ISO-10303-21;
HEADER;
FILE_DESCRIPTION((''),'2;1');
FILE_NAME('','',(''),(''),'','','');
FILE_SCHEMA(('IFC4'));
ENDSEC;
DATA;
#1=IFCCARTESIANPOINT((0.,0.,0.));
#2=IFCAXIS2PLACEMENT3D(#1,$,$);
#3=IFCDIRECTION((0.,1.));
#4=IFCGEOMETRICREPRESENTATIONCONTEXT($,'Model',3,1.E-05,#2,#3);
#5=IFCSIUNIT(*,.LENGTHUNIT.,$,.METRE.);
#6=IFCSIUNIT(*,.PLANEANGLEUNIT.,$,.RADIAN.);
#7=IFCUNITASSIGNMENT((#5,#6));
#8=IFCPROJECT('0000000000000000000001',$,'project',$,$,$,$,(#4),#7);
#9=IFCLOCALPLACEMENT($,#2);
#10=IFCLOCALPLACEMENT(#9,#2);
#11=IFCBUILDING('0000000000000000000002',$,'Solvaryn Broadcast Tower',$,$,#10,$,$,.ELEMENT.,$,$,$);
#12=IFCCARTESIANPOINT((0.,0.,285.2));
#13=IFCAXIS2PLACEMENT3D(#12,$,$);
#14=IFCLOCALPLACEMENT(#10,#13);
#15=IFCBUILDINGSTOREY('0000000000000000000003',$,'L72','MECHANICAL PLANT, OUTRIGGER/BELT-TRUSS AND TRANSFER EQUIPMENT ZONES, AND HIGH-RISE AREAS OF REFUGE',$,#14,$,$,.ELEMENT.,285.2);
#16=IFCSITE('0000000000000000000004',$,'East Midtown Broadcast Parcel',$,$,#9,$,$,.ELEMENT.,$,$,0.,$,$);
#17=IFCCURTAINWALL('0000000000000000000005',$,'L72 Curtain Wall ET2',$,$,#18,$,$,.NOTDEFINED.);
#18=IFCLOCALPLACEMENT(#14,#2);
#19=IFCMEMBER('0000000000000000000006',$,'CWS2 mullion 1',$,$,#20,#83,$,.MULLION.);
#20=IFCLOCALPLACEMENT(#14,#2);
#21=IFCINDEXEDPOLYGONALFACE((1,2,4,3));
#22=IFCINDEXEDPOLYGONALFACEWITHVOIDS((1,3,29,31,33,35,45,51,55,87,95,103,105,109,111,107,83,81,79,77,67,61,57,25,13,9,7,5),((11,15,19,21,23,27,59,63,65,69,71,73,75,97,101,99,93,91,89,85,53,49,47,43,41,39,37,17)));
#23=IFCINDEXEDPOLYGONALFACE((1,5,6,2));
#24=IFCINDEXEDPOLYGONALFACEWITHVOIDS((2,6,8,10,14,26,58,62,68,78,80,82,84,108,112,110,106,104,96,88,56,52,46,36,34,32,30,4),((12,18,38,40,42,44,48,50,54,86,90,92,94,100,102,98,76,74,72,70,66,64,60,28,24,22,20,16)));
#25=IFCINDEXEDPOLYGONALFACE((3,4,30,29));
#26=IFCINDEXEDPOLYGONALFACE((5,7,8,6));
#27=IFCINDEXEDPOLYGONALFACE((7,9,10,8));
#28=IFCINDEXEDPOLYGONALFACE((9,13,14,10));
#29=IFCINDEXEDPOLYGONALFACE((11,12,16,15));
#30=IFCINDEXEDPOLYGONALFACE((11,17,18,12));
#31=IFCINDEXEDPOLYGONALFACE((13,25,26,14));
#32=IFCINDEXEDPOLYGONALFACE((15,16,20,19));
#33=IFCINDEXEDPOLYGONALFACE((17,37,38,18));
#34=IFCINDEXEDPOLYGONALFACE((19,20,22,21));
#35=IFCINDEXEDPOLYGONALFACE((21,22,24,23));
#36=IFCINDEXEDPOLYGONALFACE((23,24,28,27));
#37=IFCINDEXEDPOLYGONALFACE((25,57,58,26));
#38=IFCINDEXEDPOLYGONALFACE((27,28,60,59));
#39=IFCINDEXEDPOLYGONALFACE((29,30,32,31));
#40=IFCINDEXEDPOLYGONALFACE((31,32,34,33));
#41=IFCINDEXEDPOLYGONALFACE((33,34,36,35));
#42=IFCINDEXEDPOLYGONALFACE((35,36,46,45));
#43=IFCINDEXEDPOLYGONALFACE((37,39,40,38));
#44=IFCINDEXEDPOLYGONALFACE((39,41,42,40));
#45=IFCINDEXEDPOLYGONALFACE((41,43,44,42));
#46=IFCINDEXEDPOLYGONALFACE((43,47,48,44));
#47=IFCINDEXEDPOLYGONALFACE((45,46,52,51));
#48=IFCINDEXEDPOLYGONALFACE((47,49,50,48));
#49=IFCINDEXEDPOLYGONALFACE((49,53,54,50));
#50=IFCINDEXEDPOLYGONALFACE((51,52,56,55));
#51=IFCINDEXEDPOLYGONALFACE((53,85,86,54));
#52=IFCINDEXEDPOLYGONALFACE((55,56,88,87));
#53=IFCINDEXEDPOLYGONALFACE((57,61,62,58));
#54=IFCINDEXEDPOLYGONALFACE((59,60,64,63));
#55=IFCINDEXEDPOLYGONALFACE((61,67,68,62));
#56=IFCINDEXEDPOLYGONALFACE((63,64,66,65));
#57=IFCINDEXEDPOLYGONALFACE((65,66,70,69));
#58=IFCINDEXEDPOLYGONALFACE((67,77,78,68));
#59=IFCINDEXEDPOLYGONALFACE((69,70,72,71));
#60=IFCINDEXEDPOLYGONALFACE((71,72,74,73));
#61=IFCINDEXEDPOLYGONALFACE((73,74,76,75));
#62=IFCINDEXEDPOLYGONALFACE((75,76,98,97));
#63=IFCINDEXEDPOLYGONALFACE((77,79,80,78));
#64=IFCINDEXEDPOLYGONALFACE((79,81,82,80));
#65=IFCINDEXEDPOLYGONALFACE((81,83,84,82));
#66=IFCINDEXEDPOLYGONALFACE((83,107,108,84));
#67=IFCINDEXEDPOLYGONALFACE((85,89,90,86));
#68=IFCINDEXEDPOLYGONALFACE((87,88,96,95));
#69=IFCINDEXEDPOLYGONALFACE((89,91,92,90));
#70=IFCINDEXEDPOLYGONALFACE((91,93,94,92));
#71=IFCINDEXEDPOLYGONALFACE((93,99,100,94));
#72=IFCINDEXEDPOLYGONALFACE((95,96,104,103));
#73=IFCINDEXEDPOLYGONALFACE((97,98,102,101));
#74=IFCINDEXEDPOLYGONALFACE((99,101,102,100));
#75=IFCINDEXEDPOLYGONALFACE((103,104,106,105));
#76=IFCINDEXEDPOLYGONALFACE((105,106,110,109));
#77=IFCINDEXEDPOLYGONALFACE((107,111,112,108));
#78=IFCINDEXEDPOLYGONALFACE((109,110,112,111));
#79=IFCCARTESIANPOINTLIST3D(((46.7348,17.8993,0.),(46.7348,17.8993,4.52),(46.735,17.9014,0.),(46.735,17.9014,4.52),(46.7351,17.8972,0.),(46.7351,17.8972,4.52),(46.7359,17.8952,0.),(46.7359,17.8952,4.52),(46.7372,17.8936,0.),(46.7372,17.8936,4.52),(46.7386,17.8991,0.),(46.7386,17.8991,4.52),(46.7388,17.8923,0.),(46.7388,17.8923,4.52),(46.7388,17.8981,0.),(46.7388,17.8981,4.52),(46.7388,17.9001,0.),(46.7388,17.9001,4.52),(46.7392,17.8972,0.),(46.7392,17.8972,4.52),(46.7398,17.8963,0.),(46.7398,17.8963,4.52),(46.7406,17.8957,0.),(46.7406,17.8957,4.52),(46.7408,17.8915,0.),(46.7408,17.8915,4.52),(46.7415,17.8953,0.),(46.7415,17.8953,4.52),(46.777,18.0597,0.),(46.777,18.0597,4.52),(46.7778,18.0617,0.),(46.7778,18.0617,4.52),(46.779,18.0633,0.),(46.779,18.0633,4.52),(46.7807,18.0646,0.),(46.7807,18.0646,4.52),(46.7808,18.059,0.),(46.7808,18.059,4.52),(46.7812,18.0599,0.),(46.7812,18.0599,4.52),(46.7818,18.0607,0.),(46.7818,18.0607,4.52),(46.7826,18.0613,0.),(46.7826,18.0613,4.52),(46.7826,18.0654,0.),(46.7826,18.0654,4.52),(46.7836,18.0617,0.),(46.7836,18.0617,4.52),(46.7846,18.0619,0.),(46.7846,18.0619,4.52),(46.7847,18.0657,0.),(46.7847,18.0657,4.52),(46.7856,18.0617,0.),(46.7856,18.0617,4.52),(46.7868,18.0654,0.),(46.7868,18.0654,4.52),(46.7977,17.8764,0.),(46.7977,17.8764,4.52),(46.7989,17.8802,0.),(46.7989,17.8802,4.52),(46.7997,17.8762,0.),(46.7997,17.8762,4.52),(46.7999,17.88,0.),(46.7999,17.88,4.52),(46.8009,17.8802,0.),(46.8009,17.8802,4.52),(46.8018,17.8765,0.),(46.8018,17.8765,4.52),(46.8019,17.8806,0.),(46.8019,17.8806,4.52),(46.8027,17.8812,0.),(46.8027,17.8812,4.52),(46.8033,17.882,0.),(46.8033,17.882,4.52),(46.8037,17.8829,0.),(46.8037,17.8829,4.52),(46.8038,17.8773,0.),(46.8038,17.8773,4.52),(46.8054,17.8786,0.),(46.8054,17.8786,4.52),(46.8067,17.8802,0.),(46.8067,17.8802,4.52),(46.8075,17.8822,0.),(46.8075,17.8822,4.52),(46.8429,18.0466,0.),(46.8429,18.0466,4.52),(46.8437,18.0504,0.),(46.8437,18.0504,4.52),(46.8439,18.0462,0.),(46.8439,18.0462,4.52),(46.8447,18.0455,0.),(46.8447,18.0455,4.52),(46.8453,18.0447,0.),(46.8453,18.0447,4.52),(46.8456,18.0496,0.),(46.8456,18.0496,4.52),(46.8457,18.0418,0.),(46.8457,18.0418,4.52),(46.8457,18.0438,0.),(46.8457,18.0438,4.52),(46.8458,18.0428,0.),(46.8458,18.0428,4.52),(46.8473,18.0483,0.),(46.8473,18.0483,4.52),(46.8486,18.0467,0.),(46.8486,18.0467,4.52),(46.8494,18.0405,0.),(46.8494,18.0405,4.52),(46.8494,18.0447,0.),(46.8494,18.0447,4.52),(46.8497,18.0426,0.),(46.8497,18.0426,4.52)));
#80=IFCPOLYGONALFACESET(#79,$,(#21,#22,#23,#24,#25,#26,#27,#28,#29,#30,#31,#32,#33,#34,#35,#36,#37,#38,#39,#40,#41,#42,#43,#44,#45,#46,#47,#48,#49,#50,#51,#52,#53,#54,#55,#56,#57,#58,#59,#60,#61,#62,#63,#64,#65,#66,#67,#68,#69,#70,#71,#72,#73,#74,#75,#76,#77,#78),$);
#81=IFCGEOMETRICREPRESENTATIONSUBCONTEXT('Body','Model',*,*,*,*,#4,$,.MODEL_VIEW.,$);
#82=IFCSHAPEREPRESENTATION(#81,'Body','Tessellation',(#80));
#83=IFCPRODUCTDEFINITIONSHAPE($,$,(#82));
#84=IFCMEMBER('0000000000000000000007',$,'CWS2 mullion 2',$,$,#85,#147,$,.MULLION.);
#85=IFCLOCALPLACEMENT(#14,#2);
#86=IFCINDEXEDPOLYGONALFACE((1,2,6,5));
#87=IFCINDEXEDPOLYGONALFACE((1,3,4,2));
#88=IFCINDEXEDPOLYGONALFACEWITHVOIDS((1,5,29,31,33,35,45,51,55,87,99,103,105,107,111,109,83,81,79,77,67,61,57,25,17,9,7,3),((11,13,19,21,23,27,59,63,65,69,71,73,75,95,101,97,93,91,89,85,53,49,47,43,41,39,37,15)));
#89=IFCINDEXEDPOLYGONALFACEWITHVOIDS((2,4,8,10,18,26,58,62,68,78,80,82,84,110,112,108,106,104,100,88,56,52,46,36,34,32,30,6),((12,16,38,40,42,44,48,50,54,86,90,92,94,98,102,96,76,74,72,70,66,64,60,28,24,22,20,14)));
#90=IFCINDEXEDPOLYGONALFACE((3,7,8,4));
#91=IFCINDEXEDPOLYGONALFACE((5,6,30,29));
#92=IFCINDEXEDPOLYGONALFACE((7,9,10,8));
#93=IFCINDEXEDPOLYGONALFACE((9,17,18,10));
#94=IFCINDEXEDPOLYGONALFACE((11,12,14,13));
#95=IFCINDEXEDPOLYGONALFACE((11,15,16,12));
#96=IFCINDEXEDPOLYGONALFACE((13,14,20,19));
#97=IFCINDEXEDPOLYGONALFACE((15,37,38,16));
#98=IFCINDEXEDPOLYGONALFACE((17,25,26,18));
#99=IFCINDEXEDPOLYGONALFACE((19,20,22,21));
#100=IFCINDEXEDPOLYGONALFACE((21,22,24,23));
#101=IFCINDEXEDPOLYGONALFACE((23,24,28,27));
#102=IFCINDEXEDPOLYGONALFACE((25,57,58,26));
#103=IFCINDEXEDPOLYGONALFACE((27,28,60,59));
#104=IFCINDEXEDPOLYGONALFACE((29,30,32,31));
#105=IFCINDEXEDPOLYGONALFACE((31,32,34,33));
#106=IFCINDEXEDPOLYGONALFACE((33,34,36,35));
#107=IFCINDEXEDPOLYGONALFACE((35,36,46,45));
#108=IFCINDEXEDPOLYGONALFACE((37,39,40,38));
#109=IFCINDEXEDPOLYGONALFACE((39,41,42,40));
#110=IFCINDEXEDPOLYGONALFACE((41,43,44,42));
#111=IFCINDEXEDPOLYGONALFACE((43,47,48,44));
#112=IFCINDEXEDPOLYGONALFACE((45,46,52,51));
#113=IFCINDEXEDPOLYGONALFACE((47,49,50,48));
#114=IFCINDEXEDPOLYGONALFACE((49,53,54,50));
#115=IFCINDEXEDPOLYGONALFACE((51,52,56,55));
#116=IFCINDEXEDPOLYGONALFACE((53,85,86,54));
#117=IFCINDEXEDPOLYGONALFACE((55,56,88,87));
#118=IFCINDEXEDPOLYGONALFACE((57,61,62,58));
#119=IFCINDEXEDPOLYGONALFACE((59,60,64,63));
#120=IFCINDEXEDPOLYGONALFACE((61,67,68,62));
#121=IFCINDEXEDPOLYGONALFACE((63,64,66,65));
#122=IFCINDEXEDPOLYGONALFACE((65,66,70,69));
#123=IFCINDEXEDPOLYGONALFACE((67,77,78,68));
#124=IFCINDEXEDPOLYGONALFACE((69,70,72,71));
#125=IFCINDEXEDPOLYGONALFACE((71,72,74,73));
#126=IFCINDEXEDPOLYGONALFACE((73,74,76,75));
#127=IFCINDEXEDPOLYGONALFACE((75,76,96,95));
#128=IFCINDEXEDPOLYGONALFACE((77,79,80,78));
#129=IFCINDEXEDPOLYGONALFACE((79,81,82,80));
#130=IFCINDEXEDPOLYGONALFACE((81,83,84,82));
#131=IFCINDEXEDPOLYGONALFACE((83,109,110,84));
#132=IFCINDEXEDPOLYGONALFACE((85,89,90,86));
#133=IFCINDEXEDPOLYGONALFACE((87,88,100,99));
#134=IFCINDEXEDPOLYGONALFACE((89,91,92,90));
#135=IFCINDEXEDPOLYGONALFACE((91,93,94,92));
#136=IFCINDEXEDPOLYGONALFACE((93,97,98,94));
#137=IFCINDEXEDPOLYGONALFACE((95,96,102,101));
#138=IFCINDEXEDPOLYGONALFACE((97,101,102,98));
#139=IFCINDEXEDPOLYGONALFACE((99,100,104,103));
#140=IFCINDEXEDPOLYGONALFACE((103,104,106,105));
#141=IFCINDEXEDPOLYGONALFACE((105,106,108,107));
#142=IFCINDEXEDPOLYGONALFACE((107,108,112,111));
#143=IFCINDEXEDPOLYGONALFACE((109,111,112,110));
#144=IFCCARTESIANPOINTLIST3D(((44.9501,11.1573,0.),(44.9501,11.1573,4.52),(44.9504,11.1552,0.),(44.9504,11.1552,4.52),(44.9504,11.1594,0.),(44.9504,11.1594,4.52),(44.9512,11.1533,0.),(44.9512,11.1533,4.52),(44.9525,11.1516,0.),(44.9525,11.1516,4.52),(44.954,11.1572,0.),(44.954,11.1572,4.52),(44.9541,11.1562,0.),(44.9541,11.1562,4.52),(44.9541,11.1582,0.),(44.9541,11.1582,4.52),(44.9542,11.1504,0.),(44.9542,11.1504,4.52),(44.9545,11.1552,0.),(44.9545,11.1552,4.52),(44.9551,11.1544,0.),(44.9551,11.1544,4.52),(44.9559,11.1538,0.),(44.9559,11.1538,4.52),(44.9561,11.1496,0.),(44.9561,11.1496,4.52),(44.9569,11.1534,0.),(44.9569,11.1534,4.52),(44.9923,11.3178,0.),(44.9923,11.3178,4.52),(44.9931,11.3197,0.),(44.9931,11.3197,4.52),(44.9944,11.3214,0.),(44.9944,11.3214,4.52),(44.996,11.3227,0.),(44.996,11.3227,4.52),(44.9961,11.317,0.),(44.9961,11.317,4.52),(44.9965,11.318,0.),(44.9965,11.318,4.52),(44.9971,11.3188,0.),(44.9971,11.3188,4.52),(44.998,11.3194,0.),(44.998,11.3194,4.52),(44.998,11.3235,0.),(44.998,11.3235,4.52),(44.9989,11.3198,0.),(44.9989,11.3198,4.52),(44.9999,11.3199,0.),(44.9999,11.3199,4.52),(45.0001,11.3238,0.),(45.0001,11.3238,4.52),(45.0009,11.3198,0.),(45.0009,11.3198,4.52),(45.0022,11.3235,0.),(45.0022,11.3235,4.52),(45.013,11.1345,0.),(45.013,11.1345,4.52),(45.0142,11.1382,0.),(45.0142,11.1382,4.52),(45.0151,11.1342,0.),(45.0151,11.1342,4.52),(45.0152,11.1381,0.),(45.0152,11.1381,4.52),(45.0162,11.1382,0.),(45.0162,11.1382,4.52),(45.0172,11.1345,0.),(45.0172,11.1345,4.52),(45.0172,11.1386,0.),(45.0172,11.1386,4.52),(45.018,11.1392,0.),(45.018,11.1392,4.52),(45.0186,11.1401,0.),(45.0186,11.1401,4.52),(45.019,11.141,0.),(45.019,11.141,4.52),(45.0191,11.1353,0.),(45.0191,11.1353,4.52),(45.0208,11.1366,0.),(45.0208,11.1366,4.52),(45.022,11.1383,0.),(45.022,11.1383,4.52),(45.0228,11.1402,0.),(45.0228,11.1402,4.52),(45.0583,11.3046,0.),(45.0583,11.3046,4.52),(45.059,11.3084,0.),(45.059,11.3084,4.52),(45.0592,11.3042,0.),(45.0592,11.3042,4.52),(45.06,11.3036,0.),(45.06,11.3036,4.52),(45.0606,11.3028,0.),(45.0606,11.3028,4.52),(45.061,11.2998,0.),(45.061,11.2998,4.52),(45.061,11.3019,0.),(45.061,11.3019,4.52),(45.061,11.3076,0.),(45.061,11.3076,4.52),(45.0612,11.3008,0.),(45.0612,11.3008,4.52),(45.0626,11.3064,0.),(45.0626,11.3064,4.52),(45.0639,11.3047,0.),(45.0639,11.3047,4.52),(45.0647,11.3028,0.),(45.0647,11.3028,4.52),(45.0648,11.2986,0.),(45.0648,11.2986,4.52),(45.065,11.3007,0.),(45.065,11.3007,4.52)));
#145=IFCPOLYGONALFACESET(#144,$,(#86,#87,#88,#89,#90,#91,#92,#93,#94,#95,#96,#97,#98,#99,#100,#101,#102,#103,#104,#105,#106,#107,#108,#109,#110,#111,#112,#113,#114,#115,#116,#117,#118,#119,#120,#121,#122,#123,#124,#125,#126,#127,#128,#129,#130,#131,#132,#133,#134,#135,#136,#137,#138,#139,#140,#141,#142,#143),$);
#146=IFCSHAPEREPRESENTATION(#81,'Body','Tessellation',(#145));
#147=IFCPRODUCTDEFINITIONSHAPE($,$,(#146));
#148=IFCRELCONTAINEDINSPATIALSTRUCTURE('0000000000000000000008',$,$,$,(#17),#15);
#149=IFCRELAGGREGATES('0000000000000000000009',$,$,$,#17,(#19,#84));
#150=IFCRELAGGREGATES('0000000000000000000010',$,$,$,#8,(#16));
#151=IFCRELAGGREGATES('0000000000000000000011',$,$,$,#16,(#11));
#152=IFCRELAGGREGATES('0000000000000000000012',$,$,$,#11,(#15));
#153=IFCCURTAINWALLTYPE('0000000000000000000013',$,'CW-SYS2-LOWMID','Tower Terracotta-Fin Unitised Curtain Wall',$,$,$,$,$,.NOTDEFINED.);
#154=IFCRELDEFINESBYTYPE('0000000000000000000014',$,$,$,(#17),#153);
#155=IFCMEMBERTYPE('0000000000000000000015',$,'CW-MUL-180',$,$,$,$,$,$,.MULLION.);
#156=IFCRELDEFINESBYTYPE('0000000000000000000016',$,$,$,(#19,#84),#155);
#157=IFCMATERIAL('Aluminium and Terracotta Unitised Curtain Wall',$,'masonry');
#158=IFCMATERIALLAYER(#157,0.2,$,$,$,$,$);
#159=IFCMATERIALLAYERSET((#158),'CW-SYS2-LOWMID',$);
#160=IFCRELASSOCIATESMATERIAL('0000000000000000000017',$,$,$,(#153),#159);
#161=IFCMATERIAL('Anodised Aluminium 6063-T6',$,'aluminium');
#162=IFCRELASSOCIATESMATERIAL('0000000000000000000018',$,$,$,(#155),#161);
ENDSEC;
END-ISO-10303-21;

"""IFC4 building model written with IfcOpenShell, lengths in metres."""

from ifc_helpers import new_model, si_unit, direction, frame, origin, origin_2d, place, context, subcontext, project, spatial, hollow_rectangle, extrude, material, layer, layer_set, material_profile, profile_set, type_object, element, aggregate, save


model = new_model("IFC4")

# Units and contexts
model_context = context("Model", 3, precision=1e-05, world=origin(), true_north=direction((0.0, 1.0)))
body_context = subcontext(model_context, "Body", "Model", "MODEL_VIEW")
ifc_project = project(units=[si_unit("LENGTHUNIT", "METRE"), si_unit("PLANEANGLEUNIT", "RADIAN")], contexts=[model_context])

# Site, building, storey
site_placement = place(None, origin())
site = spatial("IfcSite", under=ifc_project, at=site_placement, Name="East Midtown Broadcast Parcel", CompositionType="ELEMENT", RefElevation=0.0)
building_placement = place(site_placement, origin())
building = spatial("IfcBuilding", under=site, at=building_placement, Name="Solvaryn Broadcast Tower", CompositionType="ELEMENT")
storey_placement = place(building_placement, frame((0.0, 0.0, 285.2)))
storey = spatial("IfcBuildingStorey", under=building, at=storey_placement, Name="L72", Description="MECHANICAL PLANT, OUTRIGGER/BELT-TRUSS AND TRANSFER EQUIPMENT ZONES, AND HIGH-RISE AREAS OF REFUGE", CompositionType="ELEMENT", Elevation=285.2)

# Shared definitions
ifc_material_1 = material(Name="Aluminium and Terracotta Unitised Curtain Wall", Category="masonry")
ifc_layer_1 = layer(ifc_material_1, 0.2)
ifc_layer_set_1 = layer_set([ifc_layer_1], Name="CW-SYS2-LOWMID")
curtain_wall_type = type_object("IfcCurtainWallType", Name="CW-SYS2-LOWMID", Description="Tower Terracotta-Fin Unitised Curtain Wall", PredefinedType="NOTDEFINED", material=ifc_layer_set_1)
ifc_material_2 = material(Name="Anodised Aluminium 6063-T6", Category="aluminium")
ifc_material_profile_1 = material_profile(ifc_material_2, hollow_rectangle(XDim=0.075, YDim=0.1799, WallThickness=0.0039, InnerFilletRadius=0.0039, OuterFilletRadius=0.0081, at=origin_2d()))
ifc_profile_set_1 = profile_set([ifc_material_profile_1], Name="Anodised Aluminium 6063-T6")
member_type_1 = type_object("IfcMemberType", Name="CW-MUL-180", PredefinedType="MULLION", material=ifc_profile_set_1)

# Curtain wall, members
curtain_wall_1_placement = place(storey_placement, origin())
curtain_wall_1 = element("IfcCurtainWall", 1, at=curtain_wall_1_placement, inside=storey, type_object=curtain_wall_type, Name="L72 Curtain Wall ET2", PredefinedType="NOTDEFINED")
member_1_placement = place(storey_placement, frame((46.7922, 17.9709, 0.0), z_axis=(0.0, 0.0, 1.0), x_axis=(0.966705, -0.255893, 0.0)))
member_1 = element("IfcMember", 2, at=member_1_placement, type_object=member_type_1, Name="CWS2 mullion 1", PredefinedType="MULLION", context=body_context, shape_type="SweptSolid", body=[
    extrude(hollow_rectangle(XDim=0.075, YDim=0.1799, WallThickness=0.0039, InnerFilletRadius=0.0039, OuterFilletRadius=0.0081, at=origin_2d()), origin(), (0.0, 0.0, 1.0), 4.52),
])
member_2_placement = place(storey_placement, frame((45.0076, 11.229, 0.0), z_axis=(0.0, 0.0, 1.0), x_axis=(0.966705, -0.255893, 0.0)))
member_2 = element("IfcMember", 3, at=member_2_placement, type_object=member_type_1, Name="CWS2 mullion 2", PredefinedType="MULLION", context=body_context, shape_type="SweptSolid", body=[
    extrude(hollow_rectangle(XDim=0.075, YDim=0.1799, WallThickness=0.0039, InnerFilletRadius=0.0039, OuterFilletRadius=0.0081, at=origin_2d()), origin(), (0.0, 0.0, 1.0), 4.52),
])

aggregate(curtain_wall_1, [member_1, member_2])

save(model, "model.ifc")
